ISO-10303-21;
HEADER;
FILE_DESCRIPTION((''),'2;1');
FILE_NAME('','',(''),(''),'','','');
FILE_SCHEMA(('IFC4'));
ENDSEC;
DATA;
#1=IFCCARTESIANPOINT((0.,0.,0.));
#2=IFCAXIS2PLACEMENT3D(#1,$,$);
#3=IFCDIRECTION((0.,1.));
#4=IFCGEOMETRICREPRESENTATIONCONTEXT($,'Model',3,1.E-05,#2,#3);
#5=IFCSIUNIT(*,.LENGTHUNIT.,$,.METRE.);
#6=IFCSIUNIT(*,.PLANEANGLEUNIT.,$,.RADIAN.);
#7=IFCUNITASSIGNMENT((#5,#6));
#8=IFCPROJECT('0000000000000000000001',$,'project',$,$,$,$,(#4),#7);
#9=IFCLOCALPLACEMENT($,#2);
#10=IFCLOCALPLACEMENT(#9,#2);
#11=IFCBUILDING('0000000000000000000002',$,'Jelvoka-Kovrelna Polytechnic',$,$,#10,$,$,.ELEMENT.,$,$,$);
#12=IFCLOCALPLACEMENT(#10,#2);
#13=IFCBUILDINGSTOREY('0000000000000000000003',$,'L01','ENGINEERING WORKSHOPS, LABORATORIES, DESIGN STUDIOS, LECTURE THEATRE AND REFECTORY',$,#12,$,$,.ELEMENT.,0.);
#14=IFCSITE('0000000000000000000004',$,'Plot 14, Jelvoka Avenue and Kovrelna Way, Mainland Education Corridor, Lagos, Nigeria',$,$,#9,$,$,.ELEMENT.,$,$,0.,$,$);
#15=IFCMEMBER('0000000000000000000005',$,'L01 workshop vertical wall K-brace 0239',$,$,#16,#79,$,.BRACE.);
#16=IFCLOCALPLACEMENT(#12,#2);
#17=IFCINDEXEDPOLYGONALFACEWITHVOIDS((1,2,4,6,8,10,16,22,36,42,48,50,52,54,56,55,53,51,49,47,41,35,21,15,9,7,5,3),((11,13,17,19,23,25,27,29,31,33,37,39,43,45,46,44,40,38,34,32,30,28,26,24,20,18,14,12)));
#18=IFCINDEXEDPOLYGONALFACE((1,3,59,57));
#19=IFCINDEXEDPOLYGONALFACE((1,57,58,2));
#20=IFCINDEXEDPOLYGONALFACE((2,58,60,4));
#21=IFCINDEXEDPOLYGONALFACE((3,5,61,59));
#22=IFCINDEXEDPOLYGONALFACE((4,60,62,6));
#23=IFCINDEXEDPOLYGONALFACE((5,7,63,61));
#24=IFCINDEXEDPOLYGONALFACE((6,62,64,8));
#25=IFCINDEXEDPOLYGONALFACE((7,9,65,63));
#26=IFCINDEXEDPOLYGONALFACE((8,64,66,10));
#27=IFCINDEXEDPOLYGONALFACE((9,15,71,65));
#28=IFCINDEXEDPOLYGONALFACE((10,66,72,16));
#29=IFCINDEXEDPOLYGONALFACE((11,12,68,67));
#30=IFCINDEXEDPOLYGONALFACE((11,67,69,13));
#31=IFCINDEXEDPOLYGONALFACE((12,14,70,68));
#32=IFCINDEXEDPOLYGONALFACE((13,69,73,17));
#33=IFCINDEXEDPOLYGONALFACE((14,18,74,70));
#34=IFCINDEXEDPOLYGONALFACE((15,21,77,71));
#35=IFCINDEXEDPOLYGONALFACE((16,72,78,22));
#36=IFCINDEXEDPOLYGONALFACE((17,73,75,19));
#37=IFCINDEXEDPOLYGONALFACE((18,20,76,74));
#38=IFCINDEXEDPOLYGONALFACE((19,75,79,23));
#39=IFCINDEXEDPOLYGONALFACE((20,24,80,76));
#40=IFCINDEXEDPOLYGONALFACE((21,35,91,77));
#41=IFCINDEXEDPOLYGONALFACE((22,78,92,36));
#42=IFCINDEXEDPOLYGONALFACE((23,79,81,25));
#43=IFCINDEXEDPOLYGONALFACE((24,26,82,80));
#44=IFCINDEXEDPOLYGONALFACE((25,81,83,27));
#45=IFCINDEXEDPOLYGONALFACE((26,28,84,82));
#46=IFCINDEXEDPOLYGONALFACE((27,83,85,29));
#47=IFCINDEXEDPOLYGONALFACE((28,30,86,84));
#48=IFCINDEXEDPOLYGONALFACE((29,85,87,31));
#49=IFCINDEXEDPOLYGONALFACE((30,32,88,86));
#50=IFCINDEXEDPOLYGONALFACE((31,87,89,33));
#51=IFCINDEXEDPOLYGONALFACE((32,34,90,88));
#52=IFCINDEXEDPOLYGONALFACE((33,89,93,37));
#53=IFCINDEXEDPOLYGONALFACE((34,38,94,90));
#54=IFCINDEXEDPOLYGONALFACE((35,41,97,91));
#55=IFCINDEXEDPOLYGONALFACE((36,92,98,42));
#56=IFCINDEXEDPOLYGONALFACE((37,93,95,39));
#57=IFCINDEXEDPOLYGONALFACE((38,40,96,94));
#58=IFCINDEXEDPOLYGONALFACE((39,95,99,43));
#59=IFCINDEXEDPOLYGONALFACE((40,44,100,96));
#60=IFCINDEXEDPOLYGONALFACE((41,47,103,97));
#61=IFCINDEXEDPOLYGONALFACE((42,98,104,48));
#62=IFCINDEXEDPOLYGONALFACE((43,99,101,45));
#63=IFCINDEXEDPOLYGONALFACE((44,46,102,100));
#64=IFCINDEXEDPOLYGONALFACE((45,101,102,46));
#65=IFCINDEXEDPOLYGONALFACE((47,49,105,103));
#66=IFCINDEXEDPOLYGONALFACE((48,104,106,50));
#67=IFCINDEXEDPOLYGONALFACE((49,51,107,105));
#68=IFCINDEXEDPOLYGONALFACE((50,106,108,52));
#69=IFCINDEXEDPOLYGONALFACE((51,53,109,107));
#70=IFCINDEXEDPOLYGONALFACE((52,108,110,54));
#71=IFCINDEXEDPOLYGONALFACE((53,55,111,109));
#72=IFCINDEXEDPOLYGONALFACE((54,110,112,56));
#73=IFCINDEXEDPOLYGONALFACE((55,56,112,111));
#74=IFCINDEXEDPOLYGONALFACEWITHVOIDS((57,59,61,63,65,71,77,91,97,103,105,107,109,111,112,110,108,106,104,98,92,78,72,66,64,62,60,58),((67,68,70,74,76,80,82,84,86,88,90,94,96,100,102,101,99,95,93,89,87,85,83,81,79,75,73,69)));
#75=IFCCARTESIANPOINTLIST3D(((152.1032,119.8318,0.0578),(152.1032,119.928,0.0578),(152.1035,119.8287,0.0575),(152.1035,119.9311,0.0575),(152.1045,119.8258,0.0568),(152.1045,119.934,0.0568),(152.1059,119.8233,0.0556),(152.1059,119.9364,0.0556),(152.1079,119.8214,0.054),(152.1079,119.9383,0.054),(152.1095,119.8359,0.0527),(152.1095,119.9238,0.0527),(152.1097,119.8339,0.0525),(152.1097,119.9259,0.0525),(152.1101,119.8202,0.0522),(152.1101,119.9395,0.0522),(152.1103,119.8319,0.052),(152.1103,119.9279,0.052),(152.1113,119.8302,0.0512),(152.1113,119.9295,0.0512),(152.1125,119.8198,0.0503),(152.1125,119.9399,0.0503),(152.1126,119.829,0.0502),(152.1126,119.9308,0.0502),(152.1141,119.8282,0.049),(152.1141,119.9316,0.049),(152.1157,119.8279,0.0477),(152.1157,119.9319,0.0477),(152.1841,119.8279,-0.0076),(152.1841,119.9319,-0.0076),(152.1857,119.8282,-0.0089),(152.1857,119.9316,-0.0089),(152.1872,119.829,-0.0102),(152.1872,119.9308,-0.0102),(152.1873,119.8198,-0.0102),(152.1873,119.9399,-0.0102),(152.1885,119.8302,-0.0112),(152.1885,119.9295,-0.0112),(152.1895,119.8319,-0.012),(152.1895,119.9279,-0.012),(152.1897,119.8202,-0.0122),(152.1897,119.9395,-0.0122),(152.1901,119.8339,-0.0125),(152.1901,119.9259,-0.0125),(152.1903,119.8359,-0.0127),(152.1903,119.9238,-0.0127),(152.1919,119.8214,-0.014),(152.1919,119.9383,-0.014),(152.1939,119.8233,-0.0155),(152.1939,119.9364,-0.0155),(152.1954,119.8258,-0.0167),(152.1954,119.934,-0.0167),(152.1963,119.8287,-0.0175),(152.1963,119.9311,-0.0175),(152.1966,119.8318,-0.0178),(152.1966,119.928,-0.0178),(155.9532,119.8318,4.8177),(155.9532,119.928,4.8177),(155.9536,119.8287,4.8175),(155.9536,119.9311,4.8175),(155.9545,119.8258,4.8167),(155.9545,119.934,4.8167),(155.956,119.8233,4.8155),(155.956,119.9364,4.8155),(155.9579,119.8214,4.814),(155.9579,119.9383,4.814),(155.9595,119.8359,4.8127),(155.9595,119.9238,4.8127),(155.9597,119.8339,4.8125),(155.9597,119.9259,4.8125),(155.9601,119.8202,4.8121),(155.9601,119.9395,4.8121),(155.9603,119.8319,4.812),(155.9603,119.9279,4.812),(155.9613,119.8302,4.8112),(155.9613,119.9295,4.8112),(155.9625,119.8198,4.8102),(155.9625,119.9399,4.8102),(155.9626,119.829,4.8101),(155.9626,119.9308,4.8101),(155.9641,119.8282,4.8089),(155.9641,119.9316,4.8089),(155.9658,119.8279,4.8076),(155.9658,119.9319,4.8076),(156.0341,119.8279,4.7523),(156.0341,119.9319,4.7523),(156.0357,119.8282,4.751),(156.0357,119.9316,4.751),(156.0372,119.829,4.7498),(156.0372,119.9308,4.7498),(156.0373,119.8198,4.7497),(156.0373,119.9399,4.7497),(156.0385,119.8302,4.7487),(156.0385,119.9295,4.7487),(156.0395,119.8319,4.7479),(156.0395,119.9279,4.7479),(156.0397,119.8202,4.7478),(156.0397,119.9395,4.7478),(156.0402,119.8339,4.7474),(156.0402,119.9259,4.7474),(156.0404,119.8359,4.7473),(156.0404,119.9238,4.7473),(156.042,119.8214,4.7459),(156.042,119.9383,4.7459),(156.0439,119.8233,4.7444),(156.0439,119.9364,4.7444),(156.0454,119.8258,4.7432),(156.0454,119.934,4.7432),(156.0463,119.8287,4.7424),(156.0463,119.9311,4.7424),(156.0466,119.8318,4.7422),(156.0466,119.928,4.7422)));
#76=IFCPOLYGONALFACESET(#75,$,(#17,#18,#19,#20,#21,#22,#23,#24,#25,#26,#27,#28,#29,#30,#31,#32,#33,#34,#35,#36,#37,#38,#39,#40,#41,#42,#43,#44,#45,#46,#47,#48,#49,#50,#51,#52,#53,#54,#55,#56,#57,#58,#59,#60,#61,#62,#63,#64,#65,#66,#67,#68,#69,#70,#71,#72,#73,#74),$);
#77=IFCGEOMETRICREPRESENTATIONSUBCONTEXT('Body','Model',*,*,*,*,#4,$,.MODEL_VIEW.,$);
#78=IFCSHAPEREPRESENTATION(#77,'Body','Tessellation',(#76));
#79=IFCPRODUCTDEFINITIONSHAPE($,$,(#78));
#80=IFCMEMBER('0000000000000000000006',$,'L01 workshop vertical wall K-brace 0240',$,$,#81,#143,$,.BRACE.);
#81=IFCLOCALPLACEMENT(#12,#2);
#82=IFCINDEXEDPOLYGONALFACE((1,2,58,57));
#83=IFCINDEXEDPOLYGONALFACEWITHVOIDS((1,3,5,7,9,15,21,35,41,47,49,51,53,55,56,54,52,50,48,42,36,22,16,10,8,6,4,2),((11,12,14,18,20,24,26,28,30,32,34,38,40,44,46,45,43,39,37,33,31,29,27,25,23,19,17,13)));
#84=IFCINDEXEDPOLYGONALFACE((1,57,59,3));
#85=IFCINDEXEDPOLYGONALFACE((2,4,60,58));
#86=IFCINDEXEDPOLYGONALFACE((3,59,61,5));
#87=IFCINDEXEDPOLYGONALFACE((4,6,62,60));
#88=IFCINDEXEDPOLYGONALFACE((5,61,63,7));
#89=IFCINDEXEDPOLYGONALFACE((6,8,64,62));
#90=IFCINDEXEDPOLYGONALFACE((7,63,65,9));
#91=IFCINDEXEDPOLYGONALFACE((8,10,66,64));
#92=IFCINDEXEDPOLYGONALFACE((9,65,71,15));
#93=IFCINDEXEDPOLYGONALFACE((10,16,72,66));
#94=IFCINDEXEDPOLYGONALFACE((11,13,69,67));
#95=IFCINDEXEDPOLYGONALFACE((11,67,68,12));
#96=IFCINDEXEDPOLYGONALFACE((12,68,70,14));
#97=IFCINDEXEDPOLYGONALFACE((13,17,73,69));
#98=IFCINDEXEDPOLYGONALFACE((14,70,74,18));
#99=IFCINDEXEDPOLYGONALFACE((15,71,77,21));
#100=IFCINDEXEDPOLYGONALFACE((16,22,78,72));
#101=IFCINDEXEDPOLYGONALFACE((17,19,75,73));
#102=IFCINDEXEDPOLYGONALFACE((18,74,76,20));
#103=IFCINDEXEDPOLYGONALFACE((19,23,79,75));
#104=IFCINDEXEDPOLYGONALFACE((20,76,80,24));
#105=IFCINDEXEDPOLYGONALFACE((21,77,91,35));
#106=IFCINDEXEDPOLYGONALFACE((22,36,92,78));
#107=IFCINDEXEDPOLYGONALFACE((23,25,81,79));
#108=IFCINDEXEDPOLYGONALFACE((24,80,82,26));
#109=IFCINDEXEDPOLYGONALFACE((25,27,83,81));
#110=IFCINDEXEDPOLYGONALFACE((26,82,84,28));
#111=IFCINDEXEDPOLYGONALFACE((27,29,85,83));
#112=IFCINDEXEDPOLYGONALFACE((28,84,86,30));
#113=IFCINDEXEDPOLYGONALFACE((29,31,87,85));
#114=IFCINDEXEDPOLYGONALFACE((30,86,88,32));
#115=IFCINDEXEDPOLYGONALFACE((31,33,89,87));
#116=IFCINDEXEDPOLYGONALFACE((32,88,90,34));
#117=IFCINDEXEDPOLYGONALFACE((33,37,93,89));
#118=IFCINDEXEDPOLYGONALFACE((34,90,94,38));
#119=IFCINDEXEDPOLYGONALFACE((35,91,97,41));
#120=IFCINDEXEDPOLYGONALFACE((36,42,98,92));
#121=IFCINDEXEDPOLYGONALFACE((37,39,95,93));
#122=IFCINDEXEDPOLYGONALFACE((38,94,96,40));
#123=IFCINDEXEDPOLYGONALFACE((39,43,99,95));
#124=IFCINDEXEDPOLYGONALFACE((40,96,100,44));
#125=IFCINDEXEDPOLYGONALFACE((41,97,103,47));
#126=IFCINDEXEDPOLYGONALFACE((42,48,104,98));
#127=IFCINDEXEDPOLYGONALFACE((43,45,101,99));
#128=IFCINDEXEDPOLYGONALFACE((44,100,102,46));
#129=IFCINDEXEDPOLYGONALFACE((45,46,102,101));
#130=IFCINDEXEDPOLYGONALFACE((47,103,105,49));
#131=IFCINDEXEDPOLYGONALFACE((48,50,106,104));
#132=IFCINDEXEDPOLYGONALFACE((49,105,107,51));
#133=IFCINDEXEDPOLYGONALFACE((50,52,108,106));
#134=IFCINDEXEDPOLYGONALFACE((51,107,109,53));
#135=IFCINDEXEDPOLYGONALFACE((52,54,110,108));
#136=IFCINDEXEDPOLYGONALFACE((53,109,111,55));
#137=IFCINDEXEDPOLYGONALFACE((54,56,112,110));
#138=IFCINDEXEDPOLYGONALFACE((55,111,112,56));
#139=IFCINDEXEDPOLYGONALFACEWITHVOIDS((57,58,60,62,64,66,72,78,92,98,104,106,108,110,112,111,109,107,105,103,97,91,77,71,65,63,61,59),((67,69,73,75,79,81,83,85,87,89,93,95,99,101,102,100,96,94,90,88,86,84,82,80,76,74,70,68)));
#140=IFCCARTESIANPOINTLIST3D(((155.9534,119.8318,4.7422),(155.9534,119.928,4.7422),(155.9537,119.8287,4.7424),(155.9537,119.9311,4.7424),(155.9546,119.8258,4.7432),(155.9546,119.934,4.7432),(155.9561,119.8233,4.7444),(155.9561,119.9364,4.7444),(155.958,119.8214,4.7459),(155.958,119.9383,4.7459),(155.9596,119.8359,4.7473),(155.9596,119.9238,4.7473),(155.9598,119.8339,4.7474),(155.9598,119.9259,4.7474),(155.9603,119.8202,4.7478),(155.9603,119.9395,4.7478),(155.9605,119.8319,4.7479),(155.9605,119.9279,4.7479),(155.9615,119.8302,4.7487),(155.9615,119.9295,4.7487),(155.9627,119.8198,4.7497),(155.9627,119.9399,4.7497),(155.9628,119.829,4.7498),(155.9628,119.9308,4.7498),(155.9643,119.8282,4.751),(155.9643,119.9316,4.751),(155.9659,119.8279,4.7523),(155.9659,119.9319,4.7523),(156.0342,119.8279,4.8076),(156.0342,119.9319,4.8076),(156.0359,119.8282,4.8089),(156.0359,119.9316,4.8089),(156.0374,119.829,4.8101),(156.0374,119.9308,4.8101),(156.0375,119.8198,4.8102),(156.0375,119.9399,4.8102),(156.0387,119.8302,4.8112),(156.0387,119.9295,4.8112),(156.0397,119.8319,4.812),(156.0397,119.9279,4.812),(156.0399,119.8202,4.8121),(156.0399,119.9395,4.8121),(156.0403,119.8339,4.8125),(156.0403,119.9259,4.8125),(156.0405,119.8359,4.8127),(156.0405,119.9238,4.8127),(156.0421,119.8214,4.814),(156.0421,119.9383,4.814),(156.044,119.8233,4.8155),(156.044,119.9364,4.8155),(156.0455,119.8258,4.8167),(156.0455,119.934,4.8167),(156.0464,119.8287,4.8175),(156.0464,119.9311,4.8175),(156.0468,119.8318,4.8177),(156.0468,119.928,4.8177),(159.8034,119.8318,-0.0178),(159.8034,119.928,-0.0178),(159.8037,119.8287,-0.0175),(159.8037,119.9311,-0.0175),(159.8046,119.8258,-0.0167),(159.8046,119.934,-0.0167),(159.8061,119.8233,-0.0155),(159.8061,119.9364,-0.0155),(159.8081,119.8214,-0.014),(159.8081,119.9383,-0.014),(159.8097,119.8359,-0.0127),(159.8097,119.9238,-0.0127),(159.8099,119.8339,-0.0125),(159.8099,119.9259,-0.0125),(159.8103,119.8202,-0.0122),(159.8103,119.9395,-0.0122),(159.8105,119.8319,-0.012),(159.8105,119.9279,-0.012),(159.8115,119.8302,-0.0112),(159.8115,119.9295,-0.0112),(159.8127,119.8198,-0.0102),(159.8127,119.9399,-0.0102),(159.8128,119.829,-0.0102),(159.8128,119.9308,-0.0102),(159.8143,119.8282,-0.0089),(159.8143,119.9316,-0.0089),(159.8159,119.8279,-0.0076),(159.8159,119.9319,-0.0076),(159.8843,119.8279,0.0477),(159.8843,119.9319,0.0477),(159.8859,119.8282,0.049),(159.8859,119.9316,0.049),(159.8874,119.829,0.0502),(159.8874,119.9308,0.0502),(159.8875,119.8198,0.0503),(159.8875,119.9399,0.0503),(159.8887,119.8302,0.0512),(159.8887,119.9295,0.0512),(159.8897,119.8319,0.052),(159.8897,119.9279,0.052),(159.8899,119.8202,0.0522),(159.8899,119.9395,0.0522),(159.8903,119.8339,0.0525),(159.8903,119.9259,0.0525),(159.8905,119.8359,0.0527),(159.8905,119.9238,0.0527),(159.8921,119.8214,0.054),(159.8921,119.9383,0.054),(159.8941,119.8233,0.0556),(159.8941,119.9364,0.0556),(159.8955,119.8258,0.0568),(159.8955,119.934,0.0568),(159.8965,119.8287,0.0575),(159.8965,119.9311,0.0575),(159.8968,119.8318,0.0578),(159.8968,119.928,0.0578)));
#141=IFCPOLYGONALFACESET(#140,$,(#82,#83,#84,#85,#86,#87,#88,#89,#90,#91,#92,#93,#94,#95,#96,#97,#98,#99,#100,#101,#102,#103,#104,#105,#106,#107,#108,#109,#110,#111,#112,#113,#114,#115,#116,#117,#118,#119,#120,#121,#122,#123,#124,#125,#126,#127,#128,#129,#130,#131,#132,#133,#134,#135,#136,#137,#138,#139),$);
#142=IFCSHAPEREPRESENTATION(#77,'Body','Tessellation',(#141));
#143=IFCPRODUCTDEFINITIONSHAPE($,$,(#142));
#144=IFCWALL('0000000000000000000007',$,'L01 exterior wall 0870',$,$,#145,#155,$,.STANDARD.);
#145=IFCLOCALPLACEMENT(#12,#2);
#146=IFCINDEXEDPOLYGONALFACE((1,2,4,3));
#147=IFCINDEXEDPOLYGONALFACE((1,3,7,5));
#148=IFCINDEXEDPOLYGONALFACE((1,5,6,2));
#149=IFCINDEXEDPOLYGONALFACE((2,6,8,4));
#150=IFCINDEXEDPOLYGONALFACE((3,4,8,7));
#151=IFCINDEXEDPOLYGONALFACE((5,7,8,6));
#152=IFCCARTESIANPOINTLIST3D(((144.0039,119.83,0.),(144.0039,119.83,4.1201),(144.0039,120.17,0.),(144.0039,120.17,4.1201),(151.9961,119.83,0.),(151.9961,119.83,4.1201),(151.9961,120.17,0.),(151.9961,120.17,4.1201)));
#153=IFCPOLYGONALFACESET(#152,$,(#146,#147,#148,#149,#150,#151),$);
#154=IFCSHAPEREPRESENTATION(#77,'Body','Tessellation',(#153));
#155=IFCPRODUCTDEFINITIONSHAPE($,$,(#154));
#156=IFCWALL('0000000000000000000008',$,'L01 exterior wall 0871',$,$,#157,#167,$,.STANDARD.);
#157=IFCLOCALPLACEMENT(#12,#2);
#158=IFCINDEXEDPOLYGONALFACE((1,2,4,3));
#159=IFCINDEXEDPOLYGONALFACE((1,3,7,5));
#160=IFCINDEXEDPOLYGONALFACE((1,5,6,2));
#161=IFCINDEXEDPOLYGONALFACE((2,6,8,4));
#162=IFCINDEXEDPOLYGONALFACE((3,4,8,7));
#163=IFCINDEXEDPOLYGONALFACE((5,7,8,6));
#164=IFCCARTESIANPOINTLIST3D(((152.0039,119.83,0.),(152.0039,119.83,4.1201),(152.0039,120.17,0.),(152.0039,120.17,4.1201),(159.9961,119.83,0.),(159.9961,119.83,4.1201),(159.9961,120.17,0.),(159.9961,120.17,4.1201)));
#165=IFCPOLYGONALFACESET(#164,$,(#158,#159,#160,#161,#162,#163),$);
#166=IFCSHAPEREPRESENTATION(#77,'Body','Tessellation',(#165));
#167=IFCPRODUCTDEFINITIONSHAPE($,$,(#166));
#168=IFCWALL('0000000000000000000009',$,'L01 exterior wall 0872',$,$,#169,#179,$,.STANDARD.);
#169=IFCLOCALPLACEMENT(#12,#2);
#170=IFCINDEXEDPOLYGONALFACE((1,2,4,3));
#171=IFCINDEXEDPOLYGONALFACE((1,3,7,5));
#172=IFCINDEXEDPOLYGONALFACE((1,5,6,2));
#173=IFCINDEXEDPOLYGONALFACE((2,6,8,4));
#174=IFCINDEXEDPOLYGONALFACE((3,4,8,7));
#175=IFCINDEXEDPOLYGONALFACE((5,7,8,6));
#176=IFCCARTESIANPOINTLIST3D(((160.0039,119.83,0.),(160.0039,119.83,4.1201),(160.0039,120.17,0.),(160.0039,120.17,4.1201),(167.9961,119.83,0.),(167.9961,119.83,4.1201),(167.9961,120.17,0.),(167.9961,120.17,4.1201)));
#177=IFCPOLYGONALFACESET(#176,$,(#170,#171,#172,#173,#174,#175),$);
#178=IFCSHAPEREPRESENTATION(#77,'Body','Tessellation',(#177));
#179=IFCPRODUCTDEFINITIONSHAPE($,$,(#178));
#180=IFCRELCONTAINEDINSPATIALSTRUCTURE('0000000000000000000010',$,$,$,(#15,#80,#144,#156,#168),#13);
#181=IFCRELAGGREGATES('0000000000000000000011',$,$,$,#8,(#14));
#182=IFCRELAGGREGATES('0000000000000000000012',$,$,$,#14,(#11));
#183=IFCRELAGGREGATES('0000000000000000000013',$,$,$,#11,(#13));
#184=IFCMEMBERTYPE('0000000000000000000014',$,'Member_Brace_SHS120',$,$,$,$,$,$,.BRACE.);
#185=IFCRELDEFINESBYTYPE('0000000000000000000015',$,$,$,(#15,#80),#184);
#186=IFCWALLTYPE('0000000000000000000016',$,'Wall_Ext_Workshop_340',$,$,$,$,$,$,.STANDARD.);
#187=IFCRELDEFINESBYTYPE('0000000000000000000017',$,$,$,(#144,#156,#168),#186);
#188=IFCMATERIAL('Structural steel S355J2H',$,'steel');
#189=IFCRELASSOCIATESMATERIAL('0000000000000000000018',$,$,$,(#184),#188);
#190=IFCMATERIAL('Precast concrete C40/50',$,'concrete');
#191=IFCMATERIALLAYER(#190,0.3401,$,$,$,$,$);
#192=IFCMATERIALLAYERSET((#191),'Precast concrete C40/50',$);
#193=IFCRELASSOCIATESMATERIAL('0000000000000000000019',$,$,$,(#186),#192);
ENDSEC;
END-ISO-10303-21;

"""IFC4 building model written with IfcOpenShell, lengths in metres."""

from ifc_helpers import new_model, si_unit, direction, frame, frame_2d, origin, origin_2d, place, context, subcontext, project, spatial, rectangle, hollow_rectangle, extrude, material, layer, layer_set, material_profile, profile_set, type_object, element, save


model = new_model("IFC4")

# Units and contexts
model_context = context("Model", 3, precision=1e-05, world=origin(), true_north=direction((0.0, 1.0)))
body_context = subcontext(model_context, "Body", "Model", "MODEL_VIEW")
ifc_project = project(units=[si_unit("LENGTHUNIT", "METRE"), si_unit("PLANEANGLEUNIT", "RADIAN")], contexts=[model_context])

# Site, building, storey
site_placement = place(None, origin())
site = spatial("IfcSite", under=ifc_project, at=site_placement, Name="Plot 14, Jelvoka Avenue and Kovrelna Way, Mainland Education Corridor, Lagos, Nigeria", CompositionType="ELEMENT", RefElevation=0.0)
building_placement = place(site_placement, origin())
building = spatial("IfcBuilding", under=site, at=building_placement, Name="Jelvoka-Kovrelna Polytechnic", CompositionType="ELEMENT")
storey_placement = place(building_placement, origin())
storey = spatial("IfcBuildingStorey", under=building, at=storey_placement, Name="L01", Description="ENGINEERING WORKSHOPS, LABORATORIES, DESIGN STUDIOS, LECTURE THEATRE AND REFECTORY", CompositionType="ELEMENT", Elevation=0.0)

# Members
ifc_material_1 = material(Name="Structural steel S355J2H", Category="steel")
ifc_material_profile_1 = material_profile(ifc_material_1, hollow_rectangle(XDim=0.1201, YDim=0.1201, WallThickness=0.0081, InnerFilletRadius=0.0081, OuterFilletRadius=0.012, at=origin_2d()), Name="120x120x8.0 SHS")
ifc_profile_set_1 = profile_set([ifc_material_profile_1], Name="Structural steel S355J2H")
member_type = type_object("IfcMemberType", Name="Member_Brace_SHS120", PredefinedType="BRACE", material=ifc_profile_set_1)
for number, where, z_axis, x_axis, name in (
    (1, (152.1499, 119.8799, 0.02), (0.628878, 0.0, 0.777504), (0.0, 1.0, 0.0), "L01 workshop vertical wall K-brace 0239"),
    (2, (159.8501, 119.8799, 0.02), (-0.628878, 0.0, 0.777504), (0.0, -1.0, 0.0), "L01 workshop vertical wall K-brace 0240"),
):
    element("IfcMember", number, at=place(storey_placement, frame(where, z_axis=z_axis, x_axis=x_axis)), inside=storey, type_object=member_type, Name=name, PredefinedType="BRACE", context=body_context, shape_type="SweptSolid", body=[
        extrude(hollow_rectangle(XDim=0.1201, YDim=0.1201, WallThickness=0.0081, InnerFilletRadius=0.0081, OuterFilletRadius=0.012, at=origin_2d()), origin(), (0.0, 0.0, 1.0), 6.1221),
    ])

# Walls
ifc_material_2 = material(Name="Precast concrete C40/50", Category="concrete")
ifc_layer = layer(ifc_material_2, 0.3401)
ifc_layer_set = layer_set([ifc_layer], Name="Precast concrete C40/50")
wall_type = type_object("IfcWallType", Name="Wall_Ext_Workshop_340", PredefinedType="STANDARD", material=ifc_layer_set)
for number, where, z_axis, x_axis, name in (
    (3, (144.0039, 120.0, 0.0), (0.0, 0.0, 1.0), (1.0, 0.0, 0.0), "L01 exterior wall 0870"),
    (4, (152.0039, 120.0, 0.0), (0.0, 0.0, 1.0), (1.0, 0.0, 0.0), "L01 exterior wall 0871"),
    (5, (160.0039, 120.0, 0.0), (0.0, 0.0, 1.0), (1.0, 0.0, 0.0), "L01 exterior wall 0872"),
):
    element("IfcWall", number, at=place(storey_placement, frame(where, z_axis=z_axis, x_axis=x_axis)), inside=storey, type_object=wall_type, Name=name, PredefinedType="STANDARD", context=body_context, shape_type="SweptSolid", body=[
        extrude(rectangle(XDim=7.9922, YDim=0.3401, at=frame_2d((3.9961, 0.0))), origin(), (0.0, 0.0, 1.0), 4.1201),
    ])

save(model, "model.ifc")
